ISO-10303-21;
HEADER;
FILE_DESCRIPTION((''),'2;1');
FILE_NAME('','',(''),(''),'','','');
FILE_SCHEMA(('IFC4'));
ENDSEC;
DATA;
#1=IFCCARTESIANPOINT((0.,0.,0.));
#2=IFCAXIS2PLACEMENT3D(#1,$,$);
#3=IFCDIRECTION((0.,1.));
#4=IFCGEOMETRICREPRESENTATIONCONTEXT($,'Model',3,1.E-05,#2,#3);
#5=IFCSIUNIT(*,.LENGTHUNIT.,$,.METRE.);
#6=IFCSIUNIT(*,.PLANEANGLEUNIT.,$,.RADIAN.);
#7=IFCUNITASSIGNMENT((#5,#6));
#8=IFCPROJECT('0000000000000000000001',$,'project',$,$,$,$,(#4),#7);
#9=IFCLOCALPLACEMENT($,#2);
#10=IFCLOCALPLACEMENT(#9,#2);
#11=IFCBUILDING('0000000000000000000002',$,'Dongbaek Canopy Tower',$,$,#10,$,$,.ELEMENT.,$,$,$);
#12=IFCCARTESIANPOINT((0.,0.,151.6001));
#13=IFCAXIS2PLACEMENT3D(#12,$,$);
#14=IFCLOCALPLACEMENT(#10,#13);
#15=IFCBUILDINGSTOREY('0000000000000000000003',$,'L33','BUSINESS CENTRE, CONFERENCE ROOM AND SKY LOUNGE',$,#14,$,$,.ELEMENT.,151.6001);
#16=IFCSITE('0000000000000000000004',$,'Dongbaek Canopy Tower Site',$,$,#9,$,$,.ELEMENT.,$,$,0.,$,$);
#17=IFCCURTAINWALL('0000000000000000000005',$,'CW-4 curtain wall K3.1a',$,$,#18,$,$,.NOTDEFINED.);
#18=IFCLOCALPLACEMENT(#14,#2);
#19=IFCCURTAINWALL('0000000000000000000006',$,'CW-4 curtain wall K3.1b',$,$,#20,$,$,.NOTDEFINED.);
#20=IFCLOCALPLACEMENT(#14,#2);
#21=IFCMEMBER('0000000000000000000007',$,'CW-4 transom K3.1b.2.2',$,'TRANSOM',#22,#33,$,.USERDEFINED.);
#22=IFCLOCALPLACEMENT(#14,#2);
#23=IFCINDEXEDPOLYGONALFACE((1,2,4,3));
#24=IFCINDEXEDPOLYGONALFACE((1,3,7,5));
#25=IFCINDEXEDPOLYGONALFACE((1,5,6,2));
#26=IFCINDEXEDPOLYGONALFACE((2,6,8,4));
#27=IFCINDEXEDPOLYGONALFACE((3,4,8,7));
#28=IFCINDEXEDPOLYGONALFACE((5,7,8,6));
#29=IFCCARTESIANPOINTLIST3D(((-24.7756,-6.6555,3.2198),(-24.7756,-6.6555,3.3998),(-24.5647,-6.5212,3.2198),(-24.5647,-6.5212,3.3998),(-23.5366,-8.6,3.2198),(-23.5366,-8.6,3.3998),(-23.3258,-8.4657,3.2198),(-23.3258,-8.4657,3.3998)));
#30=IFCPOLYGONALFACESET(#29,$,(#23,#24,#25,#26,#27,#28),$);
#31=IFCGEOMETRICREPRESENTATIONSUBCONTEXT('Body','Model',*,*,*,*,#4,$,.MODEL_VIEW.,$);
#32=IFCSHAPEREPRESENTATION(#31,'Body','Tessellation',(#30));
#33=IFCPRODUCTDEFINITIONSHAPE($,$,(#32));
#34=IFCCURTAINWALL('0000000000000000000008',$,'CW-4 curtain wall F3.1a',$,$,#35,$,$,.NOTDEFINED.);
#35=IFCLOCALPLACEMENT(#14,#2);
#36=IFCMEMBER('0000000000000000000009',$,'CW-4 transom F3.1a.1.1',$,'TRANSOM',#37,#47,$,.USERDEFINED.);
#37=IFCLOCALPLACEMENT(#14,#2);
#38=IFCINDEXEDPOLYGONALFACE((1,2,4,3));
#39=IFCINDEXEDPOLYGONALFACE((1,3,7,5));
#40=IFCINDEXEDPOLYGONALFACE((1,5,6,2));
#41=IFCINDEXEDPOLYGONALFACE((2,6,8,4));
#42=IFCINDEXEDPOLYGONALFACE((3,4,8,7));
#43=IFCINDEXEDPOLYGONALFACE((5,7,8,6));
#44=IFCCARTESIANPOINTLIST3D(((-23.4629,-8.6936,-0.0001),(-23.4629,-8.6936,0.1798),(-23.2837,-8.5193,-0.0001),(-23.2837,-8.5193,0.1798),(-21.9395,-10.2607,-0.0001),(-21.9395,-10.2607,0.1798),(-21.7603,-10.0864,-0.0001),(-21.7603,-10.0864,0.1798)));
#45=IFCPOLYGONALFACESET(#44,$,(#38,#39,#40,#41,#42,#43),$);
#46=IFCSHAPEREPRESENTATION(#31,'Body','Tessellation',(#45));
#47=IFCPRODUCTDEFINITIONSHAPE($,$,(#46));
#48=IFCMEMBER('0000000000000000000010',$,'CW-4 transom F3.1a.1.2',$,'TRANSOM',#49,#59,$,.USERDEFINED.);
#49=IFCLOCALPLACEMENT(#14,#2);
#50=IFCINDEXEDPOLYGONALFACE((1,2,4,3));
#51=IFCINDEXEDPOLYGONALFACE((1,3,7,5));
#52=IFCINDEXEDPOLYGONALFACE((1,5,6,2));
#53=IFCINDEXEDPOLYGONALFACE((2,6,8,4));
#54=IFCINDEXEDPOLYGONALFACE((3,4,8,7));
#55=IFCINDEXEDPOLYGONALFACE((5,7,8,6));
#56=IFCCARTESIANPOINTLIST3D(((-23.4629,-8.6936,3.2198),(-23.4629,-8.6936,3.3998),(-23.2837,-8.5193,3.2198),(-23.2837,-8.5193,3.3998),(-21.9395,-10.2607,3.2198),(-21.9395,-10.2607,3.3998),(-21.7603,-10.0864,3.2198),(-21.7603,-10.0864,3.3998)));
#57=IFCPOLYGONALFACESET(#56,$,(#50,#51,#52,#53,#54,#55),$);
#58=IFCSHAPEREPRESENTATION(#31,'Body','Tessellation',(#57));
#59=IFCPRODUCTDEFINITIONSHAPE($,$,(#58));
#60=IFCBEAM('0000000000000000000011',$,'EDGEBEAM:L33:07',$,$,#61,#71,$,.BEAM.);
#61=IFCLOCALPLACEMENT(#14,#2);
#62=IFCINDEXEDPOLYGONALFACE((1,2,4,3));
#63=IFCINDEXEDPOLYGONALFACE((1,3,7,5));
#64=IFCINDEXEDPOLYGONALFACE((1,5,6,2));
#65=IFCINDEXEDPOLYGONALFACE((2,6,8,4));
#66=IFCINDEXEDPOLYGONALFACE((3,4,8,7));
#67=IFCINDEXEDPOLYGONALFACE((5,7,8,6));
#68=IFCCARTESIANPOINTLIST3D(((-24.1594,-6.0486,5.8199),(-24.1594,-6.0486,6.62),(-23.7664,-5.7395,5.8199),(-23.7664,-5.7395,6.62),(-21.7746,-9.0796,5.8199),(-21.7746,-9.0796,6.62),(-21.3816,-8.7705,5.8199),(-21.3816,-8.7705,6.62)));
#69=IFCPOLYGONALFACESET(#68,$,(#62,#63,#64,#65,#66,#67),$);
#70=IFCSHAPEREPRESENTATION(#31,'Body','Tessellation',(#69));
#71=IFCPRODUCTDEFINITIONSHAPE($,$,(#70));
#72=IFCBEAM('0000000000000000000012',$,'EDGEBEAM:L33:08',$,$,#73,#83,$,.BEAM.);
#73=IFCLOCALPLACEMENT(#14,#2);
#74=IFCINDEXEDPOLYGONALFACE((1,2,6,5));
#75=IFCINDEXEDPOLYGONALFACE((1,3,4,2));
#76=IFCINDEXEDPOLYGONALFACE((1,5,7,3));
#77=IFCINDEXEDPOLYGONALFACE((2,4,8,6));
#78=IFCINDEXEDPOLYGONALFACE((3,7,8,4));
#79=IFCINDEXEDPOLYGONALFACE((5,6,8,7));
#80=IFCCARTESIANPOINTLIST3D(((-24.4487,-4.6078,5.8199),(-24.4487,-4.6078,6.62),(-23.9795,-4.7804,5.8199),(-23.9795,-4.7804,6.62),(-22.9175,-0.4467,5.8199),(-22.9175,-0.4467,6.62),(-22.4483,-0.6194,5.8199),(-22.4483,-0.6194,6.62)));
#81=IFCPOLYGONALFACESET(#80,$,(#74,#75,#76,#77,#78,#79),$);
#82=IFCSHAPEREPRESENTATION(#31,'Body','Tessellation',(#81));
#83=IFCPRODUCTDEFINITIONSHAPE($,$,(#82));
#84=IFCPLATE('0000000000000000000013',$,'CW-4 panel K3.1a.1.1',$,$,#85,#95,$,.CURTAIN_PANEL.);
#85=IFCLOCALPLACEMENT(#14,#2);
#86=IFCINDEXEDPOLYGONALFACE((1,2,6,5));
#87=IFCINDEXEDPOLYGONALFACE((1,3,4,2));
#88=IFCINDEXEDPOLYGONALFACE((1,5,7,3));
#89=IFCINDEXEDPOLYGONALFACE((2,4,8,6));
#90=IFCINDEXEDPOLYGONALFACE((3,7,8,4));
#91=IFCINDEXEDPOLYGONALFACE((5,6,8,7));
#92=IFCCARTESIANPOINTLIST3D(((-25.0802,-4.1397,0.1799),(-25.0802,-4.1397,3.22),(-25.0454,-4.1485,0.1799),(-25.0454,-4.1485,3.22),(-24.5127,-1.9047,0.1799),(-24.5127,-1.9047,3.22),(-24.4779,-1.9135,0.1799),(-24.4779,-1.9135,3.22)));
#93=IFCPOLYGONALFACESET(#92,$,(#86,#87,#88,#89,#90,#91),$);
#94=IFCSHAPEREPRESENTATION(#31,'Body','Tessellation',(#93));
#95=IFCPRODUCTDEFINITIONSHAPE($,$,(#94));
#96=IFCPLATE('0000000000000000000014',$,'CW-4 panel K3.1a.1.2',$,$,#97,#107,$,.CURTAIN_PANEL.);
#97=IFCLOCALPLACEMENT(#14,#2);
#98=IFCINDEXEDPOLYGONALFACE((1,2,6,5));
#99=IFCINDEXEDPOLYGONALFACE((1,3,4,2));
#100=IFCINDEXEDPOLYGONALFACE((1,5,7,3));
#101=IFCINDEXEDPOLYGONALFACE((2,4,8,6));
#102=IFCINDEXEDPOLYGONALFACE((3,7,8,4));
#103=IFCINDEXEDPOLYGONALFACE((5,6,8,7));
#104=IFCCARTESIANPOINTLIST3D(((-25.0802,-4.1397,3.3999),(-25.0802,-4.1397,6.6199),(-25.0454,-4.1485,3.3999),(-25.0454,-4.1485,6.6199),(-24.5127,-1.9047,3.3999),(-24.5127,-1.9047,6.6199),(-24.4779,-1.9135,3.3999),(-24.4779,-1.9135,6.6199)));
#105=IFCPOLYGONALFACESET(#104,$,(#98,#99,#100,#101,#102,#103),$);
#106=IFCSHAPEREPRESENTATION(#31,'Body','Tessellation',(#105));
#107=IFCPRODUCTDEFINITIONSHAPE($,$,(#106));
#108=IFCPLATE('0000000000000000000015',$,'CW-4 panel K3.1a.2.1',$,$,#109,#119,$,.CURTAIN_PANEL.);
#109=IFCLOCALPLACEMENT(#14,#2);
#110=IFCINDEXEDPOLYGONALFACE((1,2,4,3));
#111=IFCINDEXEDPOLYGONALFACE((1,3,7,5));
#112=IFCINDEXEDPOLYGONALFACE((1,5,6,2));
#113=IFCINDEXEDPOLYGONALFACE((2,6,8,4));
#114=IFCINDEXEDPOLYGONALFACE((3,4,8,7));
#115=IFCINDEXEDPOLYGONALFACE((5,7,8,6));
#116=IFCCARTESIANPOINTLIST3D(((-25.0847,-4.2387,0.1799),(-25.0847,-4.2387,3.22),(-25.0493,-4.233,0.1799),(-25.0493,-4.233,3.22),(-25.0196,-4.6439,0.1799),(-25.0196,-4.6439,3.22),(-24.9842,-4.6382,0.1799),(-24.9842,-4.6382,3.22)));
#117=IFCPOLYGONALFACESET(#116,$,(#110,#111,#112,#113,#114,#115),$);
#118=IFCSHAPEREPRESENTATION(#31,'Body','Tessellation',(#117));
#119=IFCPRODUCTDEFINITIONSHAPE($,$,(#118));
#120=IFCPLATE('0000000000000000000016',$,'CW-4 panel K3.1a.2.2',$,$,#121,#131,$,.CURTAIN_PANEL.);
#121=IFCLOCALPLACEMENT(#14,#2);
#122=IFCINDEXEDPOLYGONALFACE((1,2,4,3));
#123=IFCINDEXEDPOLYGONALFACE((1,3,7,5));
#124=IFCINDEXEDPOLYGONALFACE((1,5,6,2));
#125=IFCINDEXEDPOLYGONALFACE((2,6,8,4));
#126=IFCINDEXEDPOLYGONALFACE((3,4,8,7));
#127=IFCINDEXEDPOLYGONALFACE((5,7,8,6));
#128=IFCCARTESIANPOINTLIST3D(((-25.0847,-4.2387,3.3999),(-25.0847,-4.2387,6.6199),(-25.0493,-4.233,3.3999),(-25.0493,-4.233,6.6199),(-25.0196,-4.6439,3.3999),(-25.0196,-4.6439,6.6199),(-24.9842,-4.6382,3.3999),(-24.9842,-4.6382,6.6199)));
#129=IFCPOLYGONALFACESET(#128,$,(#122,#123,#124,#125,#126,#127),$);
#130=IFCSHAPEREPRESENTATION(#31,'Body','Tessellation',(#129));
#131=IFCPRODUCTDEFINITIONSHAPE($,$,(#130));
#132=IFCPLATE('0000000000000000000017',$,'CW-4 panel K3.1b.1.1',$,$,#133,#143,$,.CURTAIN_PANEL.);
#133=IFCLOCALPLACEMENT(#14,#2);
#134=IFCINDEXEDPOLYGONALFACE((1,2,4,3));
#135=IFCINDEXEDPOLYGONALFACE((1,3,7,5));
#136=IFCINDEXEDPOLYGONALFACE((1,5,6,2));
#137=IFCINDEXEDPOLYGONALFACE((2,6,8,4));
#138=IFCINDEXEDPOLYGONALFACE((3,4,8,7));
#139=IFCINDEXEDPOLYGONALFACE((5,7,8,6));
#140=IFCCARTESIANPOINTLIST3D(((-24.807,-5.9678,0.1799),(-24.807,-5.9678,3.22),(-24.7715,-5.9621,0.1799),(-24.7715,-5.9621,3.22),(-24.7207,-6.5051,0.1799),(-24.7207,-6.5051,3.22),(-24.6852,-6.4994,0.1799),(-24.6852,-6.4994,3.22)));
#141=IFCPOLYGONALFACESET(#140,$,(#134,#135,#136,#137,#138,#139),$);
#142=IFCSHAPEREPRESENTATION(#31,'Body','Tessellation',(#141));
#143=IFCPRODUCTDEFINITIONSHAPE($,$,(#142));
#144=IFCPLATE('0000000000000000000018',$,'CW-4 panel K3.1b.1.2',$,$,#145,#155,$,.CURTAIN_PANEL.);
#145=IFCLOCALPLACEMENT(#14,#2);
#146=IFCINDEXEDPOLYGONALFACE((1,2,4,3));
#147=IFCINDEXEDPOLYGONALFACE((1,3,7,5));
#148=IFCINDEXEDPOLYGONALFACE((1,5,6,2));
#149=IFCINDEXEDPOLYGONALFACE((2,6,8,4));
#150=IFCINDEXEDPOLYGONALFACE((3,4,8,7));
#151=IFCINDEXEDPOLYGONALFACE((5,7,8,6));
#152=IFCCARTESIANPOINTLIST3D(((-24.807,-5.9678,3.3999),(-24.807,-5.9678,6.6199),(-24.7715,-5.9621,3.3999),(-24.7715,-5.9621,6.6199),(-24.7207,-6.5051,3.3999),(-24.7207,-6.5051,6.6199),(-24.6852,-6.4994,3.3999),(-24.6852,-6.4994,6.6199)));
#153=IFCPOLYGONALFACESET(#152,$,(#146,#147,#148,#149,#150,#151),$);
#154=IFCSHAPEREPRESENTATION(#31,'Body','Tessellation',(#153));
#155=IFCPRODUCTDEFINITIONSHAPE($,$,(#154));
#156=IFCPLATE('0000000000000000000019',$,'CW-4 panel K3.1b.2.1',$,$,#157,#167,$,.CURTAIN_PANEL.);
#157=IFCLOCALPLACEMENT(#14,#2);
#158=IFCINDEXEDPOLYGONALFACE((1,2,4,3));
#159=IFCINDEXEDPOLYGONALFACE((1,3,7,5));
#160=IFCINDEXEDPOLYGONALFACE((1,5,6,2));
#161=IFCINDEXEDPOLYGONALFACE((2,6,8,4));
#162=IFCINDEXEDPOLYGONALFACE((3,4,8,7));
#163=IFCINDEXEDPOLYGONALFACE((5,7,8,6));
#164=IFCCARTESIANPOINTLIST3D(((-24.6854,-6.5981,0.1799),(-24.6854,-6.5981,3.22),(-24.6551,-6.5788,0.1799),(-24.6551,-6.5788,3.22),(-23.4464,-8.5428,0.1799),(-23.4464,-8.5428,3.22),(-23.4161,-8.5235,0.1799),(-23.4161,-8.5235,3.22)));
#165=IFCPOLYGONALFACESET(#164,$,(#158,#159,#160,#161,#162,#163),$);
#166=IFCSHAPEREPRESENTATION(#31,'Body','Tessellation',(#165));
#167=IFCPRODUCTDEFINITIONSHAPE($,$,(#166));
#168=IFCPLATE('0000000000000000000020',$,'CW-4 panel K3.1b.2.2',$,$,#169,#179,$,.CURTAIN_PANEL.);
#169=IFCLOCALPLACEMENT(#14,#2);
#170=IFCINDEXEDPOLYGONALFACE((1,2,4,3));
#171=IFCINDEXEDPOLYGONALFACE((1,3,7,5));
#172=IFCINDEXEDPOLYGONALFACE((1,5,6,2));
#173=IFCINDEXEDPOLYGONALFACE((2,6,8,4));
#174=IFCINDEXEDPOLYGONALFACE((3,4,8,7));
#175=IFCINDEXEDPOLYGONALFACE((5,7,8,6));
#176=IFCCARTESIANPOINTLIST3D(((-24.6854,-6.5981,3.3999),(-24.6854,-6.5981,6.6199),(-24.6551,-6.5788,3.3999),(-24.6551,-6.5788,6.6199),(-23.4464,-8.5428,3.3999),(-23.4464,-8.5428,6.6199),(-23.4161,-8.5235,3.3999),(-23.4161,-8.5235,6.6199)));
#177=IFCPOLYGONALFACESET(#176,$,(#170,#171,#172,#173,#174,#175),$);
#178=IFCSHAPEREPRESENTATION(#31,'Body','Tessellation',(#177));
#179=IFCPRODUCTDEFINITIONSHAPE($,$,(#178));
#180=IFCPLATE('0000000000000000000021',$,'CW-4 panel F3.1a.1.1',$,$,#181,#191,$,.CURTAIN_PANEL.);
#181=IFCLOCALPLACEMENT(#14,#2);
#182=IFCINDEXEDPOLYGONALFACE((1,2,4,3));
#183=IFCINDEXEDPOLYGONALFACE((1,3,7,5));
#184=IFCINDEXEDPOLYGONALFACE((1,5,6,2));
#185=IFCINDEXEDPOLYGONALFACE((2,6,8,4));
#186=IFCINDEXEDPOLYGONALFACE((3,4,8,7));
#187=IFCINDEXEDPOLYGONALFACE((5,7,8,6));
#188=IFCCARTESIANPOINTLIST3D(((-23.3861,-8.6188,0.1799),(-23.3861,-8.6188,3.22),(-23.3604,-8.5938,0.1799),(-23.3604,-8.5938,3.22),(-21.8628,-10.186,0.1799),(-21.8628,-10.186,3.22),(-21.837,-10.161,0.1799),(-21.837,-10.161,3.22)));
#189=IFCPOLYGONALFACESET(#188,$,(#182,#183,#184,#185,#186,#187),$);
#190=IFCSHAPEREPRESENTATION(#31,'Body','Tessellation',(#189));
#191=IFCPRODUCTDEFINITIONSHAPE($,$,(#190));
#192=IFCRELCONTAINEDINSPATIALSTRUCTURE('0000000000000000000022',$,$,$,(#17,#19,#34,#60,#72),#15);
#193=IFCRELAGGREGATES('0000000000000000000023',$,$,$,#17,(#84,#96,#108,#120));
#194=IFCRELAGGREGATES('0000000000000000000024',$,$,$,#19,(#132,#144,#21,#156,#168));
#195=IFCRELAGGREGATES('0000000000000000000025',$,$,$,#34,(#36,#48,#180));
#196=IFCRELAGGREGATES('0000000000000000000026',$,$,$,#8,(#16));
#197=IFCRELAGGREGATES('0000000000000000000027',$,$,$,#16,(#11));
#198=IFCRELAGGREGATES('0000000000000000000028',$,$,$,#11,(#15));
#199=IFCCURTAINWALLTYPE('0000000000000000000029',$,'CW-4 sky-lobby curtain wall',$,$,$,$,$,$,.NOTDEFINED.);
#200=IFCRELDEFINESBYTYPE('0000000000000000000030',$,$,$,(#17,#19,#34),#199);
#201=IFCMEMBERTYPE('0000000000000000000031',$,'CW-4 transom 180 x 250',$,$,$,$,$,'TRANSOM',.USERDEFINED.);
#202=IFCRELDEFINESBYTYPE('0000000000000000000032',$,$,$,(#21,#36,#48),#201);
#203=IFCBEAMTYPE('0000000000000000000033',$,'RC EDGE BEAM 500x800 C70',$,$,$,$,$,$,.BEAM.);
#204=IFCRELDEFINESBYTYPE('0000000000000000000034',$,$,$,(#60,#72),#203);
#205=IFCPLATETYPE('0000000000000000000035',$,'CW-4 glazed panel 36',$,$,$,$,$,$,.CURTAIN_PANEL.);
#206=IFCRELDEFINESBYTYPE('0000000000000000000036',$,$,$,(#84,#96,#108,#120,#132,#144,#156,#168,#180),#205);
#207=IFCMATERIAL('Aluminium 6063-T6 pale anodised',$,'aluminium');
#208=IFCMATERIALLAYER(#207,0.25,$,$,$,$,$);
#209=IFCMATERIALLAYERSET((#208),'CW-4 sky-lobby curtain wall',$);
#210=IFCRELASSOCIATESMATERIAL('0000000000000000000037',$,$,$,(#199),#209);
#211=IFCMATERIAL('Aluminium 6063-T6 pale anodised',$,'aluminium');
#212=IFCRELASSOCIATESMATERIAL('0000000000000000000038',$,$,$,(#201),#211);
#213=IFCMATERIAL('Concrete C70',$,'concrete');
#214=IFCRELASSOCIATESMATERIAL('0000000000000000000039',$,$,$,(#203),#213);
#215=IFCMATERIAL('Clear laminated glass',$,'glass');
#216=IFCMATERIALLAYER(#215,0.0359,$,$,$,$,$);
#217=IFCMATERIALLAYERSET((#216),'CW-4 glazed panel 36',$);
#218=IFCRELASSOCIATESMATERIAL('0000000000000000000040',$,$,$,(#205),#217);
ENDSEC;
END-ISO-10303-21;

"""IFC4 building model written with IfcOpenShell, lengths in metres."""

from ifc_helpers import new_model, si_unit, direction, frame, origin, origin_2d, place, context, subcontext, project, spatial, rectangle, extrude, material, layer, layer_set, material_profile, profile_set, type_object, element, aggregate, save


model = new_model("IFC4")

# Units and contexts
model_context = context("Model", 3, precision=1e-05, world=origin(), true_north=direction((0.0, 1.0)))
body_context = subcontext(model_context, "Body", "Model", "MODEL_VIEW")
ifc_project = project(units=[si_unit("LENGTHUNIT", "METRE"), si_unit("PLANEANGLEUNIT", "RADIAN")], contexts=[model_context])

# Site, building, storey
site_placement = place(None, origin())
site = spatial("IfcSite", under=ifc_project, at=site_placement, Name="Dongbaek Canopy Tower Site", CompositionType="ELEMENT", RefElevation=0.0)
building_placement = place(site_placement, origin())
building = spatial("IfcBuilding", under=site, at=building_placement, Name="Dongbaek Canopy Tower", CompositionType="ELEMENT")
storey_placement = place(building_placement, frame((0.0, 0.0, 151.6001)))
storey = spatial("IfcBuildingStorey", under=building, at=storey_placement, Name="L33", Description="BUSINESS CENTRE, CONFERENCE ROOM AND SKY LOUNGE", CompositionType="ELEMENT", Elevation=151.6001)

# Shared definitions
ifc_material_1 = material(Name="Aluminium 6063-T6 pale anodised", Category="aluminium")
ifc_layer_1 = layer(ifc_material_1, 0.25)
ifc_layer_set_1 = layer_set([ifc_layer_1], Name="CW-4 sky-lobby curtain wall")
curtain_wall_type = type_object("IfcCurtainWallType", Name="CW-4 sky-lobby curtain wall", PredefinedType="NOTDEFINED", material=ifc_layer_set_1)

# Curtain walls
curtain_wall_1_placement = place(storey_placement, origin())
curtain_wall_1 = element("IfcCurtainWall", 1, at=curtain_wall_1_placement, inside=storey, type_object=curtain_wall_type, Name="CW-4 curtain wall K3.1a", PredefinedType="NOTDEFINED")
curtain_wall_2_placement = place(storey_placement, origin())
curtain_wall_2 = element("IfcCurtainWall", 2, at=curtain_wall_2_placement, inside=storey, type_object=curtain_wall_type, Name="CW-4 curtain wall K3.1b", PredefinedType="NOTDEFINED")

# Member
ifc_material_2 = material(Name="Aluminium 6063-T6 pale anodised", Category="aluminium")
ifc_material_profile_1 = material_profile(ifc_material_2, rectangle(XDim=0.25, YDim=0.1799, at=origin_2d()), Name="CW-4 transom 180 x 250")
ifc_profile_set_1 = profile_set([ifc_material_profile_1], Name="Aluminium 6063-T6 pale anodised")
member_type_1 = type_object("IfcMemberType", Name="CW-4 transom 180 x 250", ElementType="TRANSOM", PredefinedType="USERDEFINED", material=ifc_profile_set_1)
member_1_placement = place(storey_placement, frame((-24.6702, -6.5884, 3.3098), z_axis=(0.537355, -0.843356, 0.0), x_axis=(0.843356, 0.537355, 0.0)))
member_1 = element("IfcMember", 3, at=member_1_placement, type_object=member_type_1, Name="CW-4 transom K3.1b.2.2", ObjectType="TRANSOM", PredefinedType="USERDEFINED", context=body_context, shape_type="SweptSolid", body=[
    extrude(rectangle(XDim=0.25, YDim=0.1799, at=origin_2d()), origin(), (0.0, 0.0, 1.0), 2.3057),
])

# Curtain wall, members
curtain_wall_3_placement = place(storey_placement, origin())
curtain_wall_3 = element("IfcCurtainWall", 4, at=curtain_wall_3_placement, inside=storey, type_object=curtain_wall_type, Name="CW-4 curtain wall F3.1a", PredefinedType="NOTDEFINED")
member_2_placement = place(storey_placement, frame((-23.3733, -8.6064, 0.0898), z_axis=(0.697039, -0.717034, 0.0), x_axis=(0.717034, 0.697039, 0.0)))
member_2 = element("IfcMember", 5, at=member_2_placement, type_object=member_type_1, Name="CW-4 transom F3.1a.1.1", ObjectType="TRANSOM", PredefinedType="USERDEFINED", context=body_context, shape_type="SweptSolid", body=[
    extrude(rectangle(XDim=0.25, YDim=0.1799, at=origin_2d()), origin(), (0.0, 0.0, 1.0), 2.1855),
])
member_3_placement = place(storey_placement, frame((-23.3733, -8.6064, 3.3098), z_axis=(0.697039, -0.717034, 0.0), x_axis=(0.717034, 0.697039, 0.0)))
member_3 = element("IfcMember", 6, at=member_3_placement, type_object=member_type_1, Name="CW-4 transom F3.1a.1.2", ObjectType="TRANSOM", PredefinedType="USERDEFINED", context=body_context, shape_type="SweptSolid", body=[
    extrude(rectangle(XDim=0.25, YDim=0.1799, at=origin_2d()), origin(), (0.0, 0.0, 1.0), 2.1855),
])

# Beams
ifc_material_3 = material(Name="Concrete C70", Category="concrete")
ifc_material_profile_2 = material_profile(ifc_material_3, rectangle(XDim=0.5, YDim=0.8, at=origin_2d()), Name="RC EDGE BEAM 500x800 C70")
ifc_profile_set_2 = profile_set([ifc_material_profile_2], Name="Concrete C70")
beam_type = type_object("IfcBeamType", Name="RC EDGE BEAM 500x800 C70", PredefinedType="BEAM", material=ifc_profile_set_2)
beam_1_placement = place(storey_placement, frame((-21.5781, -8.925, 6.22), z_axis=(-0.618344, 0.785907, 0.0), x_axis=(-0.785907, -0.618344, 0.0)))
element("IfcBeam", 7, at=beam_1_placement, inside=storey, type_object=beam_type, Name="EDGEBEAM:L33:07", PredefinedType="BEAM", context=body_context, shape_type="SweptSolid", body=[
    extrude(rectangle(XDim=0.5, YDim=0.8, at=origin_2d()), origin(), (0.0, 0.0, 1.0), 3.8567),
])
beam_2_placement = place(storey_placement, frame((-24.2141, -4.6941, 6.22), z_axis=(0.345348, 0.938475, 0.0), x_axis=(-0.938475, 0.345348, 0.0)))
element("IfcBeam", 8, at=beam_2_placement, inside=storey, type_object=beam_type, Name="EDGEBEAM:L33:08", PredefinedType="BEAM", context=body_context, shape_type="SweptSolid", body=[
    extrude(rectangle(XDim=0.5, YDim=0.8, at=origin_2d()), origin(), (0.0, 0.0, 1.0), 4.4338),
])

# Plates
ifc_material_4 = material(Name="Clear laminated glass", Category="glass")
ifc_layer_2 = layer(ifc_material_4, 0.0359)
ifc_layer_set_2 = layer_set([ifc_layer_2], Name="CW-4 glazed panel 36")
plate_type = type_object("IfcPlateType", Name="CW-4 glazed panel 36", PredefinedType="CURTAIN_PANEL", material=ifc_layer_set_2)
plate_1_placement = place(storey_placement, frame((-24.7791, -3.0266, 0.1799), z_axis=(0.0, 0.0, 1.0), x_axis=(-0.246103, -0.969244, 0.0)))
plate_1 = element("IfcPlate", 9, at=plate_1_placement, type_object=plate_type, Name="CW-4 panel K3.1a.1.1", PredefinedType="CURTAIN_PANEL", context=body_context, shape_type="SweptSolid", body=[
    extrude(rectangle(XDim=2.3059, YDim=0.0359, at=origin_2d()), origin(), (0.0, 0.0, 1.0), 3.04),
])
plate_2_placement = place(storey_placement, frame((-24.7791, -3.0266, 3.3999), z_axis=(0.0, 0.0, 1.0), x_axis=(-0.246103, -0.969244, 0.0)))
plate_2 = element("IfcPlate", 10, at=plate_2_placement, type_object=plate_type, Name="CW-4 panel K3.1a.1.2", PredefinedType="CURTAIN_PANEL", context=body_context, shape_type="SweptSolid", body=[
    extrude(rectangle(XDim=2.3059, YDim=0.0359, at=origin_2d()), origin(), (0.0, 0.0, 1.0), 3.22),
])
plate_3_placement = place(storey_placement, frame((-25.0344, -4.4385, 0.1799), z_axis=(0.0, 0.0, 1.0), x_axis=(0.158623, -0.987339, 0.0)))
plate_3 = element("IfcPlate", 11, at=plate_3_placement, type_object=plate_type, Name="CW-4 panel K3.1a.2.1", PredefinedType="CURTAIN_PANEL", context=body_context, shape_type="SweptSolid", body=[
    extrude(rectangle(XDim=0.4104, YDim=0.0359, at=origin_2d()), origin(), (0.0, 0.0, 1.0), 3.04),
])
plate_4_placement = place(storey_placement, frame((-25.0344, -4.4385, 3.3999), z_axis=(0.0, 0.0, 1.0), x_axis=(0.158623, -0.987339, 0.0)))
plate_4 = element("IfcPlate", 12, at=plate_4_placement, type_object=plate_type, Name="CW-4 panel K3.1a.2.2", PredefinedType="CURTAIN_PANEL", context=body_context, shape_type="SweptSolid", body=[
    extrude(rectangle(XDim=0.4104, YDim=0.0359, at=origin_2d()), origin(), (0.0, 0.0, 1.0), 3.22),
])
aggregate(curtain_wall_1, [plate_1, plate_2, plate_3, plate_4])
plate_5_placement = place(storey_placement, frame((-24.7461, -6.2336, 0.1799), z_axis=(0.0, 0.0, 1.0), x_axis=(0.158623, -0.987339, 0.0)))
plate_5 = element("IfcPlate", 13, at=plate_5_placement, type_object=plate_type, Name="CW-4 panel K3.1b.1.1", PredefinedType="CURTAIN_PANEL", context=body_context, shape_type="SweptSolid", body=[
    extrude(rectangle(XDim=0.5442, YDim=0.0359, at=origin_2d()), origin(), (0.0, 0.0, 1.0), 3.04),
])
plate_6_placement = place(storey_placement, frame((-24.7461, -6.2336, 3.3999), z_axis=(0.0, 0.0, 1.0), x_axis=(0.158623, -0.987339, 0.0)))
plate_6 = element("IfcPlate", 14, at=plate_6_placement, type_object=plate_type, Name="CW-4 panel K3.1b.1.2", PredefinedType="CURTAIN_PANEL", context=body_context, shape_type="SweptSolid", body=[
    extrude(rectangle(XDim=0.5442, YDim=0.0359, at=origin_2d()), origin(), (0.0, 0.0, 1.0), 3.22),
])
plate_7_placement = place(storey_placement, frame((-24.0508, -7.5608, 0.1799), z_axis=(0.0, 0.0, 1.0), x_axis=(0.537314, -0.843382, 0.0)))
plate_7 = element("IfcPlate", 15, at=plate_7_placement, type_object=plate_type, Name="CW-4 panel K3.1b.2.1", PredefinedType="CURTAIN_PANEL", context=body_context, shape_type="SweptSolid", body=[
    extrude(rectangle(XDim=2.3059, YDim=0.0359, at=origin_2d()), origin(), (0.0, 0.0, 1.0), 3.04),
])
plate_8_placement = place(storey_placement, frame((-24.0508, -7.5608, 3.3999), z_axis=(0.0, 0.0, 1.0), x_axis=(0.537314, -0.843382, 0.0)))
plate_8 = element("IfcPlate", 16, at=plate_8_placement, type_object=plate_type, Name="CW-4 panel K3.1b.2.2", PredefinedType="CURTAIN_PANEL", context=body_context, shape_type="SweptSolid", body=[
    extrude(rectangle(XDim=2.3059, YDim=0.0359, at=origin_2d()), origin(), (0.0, 0.0, 1.0), 3.22),
])
aggregate(curtain_wall_2, [plate_5, plate_6, member_1, plate_7, plate_8])
plate_9_placement = place(storey_placement, frame((-22.6116, -9.3899, 0.1799), z_axis=(0.0, 0.0, 1.0), x_axis=(0.697015, -0.717057, 0.0)))
plate_9 = element("IfcPlate", 17, at=plate_9_placement, type_object=plate_type, Name="CW-4 panel F3.1a.1.1", PredefinedType="CURTAIN_PANEL", context=body_context, shape_type="SweptSolid", body=[
    extrude(rectangle(XDim=2.1855, YDim=0.0359, at=origin_2d()), origin(), (0.0, 0.0, 1.0), 3.04),
])
aggregate(curtain_wall_3, [member_2, member_3, plate_9])

save(model, "model.ifc")
